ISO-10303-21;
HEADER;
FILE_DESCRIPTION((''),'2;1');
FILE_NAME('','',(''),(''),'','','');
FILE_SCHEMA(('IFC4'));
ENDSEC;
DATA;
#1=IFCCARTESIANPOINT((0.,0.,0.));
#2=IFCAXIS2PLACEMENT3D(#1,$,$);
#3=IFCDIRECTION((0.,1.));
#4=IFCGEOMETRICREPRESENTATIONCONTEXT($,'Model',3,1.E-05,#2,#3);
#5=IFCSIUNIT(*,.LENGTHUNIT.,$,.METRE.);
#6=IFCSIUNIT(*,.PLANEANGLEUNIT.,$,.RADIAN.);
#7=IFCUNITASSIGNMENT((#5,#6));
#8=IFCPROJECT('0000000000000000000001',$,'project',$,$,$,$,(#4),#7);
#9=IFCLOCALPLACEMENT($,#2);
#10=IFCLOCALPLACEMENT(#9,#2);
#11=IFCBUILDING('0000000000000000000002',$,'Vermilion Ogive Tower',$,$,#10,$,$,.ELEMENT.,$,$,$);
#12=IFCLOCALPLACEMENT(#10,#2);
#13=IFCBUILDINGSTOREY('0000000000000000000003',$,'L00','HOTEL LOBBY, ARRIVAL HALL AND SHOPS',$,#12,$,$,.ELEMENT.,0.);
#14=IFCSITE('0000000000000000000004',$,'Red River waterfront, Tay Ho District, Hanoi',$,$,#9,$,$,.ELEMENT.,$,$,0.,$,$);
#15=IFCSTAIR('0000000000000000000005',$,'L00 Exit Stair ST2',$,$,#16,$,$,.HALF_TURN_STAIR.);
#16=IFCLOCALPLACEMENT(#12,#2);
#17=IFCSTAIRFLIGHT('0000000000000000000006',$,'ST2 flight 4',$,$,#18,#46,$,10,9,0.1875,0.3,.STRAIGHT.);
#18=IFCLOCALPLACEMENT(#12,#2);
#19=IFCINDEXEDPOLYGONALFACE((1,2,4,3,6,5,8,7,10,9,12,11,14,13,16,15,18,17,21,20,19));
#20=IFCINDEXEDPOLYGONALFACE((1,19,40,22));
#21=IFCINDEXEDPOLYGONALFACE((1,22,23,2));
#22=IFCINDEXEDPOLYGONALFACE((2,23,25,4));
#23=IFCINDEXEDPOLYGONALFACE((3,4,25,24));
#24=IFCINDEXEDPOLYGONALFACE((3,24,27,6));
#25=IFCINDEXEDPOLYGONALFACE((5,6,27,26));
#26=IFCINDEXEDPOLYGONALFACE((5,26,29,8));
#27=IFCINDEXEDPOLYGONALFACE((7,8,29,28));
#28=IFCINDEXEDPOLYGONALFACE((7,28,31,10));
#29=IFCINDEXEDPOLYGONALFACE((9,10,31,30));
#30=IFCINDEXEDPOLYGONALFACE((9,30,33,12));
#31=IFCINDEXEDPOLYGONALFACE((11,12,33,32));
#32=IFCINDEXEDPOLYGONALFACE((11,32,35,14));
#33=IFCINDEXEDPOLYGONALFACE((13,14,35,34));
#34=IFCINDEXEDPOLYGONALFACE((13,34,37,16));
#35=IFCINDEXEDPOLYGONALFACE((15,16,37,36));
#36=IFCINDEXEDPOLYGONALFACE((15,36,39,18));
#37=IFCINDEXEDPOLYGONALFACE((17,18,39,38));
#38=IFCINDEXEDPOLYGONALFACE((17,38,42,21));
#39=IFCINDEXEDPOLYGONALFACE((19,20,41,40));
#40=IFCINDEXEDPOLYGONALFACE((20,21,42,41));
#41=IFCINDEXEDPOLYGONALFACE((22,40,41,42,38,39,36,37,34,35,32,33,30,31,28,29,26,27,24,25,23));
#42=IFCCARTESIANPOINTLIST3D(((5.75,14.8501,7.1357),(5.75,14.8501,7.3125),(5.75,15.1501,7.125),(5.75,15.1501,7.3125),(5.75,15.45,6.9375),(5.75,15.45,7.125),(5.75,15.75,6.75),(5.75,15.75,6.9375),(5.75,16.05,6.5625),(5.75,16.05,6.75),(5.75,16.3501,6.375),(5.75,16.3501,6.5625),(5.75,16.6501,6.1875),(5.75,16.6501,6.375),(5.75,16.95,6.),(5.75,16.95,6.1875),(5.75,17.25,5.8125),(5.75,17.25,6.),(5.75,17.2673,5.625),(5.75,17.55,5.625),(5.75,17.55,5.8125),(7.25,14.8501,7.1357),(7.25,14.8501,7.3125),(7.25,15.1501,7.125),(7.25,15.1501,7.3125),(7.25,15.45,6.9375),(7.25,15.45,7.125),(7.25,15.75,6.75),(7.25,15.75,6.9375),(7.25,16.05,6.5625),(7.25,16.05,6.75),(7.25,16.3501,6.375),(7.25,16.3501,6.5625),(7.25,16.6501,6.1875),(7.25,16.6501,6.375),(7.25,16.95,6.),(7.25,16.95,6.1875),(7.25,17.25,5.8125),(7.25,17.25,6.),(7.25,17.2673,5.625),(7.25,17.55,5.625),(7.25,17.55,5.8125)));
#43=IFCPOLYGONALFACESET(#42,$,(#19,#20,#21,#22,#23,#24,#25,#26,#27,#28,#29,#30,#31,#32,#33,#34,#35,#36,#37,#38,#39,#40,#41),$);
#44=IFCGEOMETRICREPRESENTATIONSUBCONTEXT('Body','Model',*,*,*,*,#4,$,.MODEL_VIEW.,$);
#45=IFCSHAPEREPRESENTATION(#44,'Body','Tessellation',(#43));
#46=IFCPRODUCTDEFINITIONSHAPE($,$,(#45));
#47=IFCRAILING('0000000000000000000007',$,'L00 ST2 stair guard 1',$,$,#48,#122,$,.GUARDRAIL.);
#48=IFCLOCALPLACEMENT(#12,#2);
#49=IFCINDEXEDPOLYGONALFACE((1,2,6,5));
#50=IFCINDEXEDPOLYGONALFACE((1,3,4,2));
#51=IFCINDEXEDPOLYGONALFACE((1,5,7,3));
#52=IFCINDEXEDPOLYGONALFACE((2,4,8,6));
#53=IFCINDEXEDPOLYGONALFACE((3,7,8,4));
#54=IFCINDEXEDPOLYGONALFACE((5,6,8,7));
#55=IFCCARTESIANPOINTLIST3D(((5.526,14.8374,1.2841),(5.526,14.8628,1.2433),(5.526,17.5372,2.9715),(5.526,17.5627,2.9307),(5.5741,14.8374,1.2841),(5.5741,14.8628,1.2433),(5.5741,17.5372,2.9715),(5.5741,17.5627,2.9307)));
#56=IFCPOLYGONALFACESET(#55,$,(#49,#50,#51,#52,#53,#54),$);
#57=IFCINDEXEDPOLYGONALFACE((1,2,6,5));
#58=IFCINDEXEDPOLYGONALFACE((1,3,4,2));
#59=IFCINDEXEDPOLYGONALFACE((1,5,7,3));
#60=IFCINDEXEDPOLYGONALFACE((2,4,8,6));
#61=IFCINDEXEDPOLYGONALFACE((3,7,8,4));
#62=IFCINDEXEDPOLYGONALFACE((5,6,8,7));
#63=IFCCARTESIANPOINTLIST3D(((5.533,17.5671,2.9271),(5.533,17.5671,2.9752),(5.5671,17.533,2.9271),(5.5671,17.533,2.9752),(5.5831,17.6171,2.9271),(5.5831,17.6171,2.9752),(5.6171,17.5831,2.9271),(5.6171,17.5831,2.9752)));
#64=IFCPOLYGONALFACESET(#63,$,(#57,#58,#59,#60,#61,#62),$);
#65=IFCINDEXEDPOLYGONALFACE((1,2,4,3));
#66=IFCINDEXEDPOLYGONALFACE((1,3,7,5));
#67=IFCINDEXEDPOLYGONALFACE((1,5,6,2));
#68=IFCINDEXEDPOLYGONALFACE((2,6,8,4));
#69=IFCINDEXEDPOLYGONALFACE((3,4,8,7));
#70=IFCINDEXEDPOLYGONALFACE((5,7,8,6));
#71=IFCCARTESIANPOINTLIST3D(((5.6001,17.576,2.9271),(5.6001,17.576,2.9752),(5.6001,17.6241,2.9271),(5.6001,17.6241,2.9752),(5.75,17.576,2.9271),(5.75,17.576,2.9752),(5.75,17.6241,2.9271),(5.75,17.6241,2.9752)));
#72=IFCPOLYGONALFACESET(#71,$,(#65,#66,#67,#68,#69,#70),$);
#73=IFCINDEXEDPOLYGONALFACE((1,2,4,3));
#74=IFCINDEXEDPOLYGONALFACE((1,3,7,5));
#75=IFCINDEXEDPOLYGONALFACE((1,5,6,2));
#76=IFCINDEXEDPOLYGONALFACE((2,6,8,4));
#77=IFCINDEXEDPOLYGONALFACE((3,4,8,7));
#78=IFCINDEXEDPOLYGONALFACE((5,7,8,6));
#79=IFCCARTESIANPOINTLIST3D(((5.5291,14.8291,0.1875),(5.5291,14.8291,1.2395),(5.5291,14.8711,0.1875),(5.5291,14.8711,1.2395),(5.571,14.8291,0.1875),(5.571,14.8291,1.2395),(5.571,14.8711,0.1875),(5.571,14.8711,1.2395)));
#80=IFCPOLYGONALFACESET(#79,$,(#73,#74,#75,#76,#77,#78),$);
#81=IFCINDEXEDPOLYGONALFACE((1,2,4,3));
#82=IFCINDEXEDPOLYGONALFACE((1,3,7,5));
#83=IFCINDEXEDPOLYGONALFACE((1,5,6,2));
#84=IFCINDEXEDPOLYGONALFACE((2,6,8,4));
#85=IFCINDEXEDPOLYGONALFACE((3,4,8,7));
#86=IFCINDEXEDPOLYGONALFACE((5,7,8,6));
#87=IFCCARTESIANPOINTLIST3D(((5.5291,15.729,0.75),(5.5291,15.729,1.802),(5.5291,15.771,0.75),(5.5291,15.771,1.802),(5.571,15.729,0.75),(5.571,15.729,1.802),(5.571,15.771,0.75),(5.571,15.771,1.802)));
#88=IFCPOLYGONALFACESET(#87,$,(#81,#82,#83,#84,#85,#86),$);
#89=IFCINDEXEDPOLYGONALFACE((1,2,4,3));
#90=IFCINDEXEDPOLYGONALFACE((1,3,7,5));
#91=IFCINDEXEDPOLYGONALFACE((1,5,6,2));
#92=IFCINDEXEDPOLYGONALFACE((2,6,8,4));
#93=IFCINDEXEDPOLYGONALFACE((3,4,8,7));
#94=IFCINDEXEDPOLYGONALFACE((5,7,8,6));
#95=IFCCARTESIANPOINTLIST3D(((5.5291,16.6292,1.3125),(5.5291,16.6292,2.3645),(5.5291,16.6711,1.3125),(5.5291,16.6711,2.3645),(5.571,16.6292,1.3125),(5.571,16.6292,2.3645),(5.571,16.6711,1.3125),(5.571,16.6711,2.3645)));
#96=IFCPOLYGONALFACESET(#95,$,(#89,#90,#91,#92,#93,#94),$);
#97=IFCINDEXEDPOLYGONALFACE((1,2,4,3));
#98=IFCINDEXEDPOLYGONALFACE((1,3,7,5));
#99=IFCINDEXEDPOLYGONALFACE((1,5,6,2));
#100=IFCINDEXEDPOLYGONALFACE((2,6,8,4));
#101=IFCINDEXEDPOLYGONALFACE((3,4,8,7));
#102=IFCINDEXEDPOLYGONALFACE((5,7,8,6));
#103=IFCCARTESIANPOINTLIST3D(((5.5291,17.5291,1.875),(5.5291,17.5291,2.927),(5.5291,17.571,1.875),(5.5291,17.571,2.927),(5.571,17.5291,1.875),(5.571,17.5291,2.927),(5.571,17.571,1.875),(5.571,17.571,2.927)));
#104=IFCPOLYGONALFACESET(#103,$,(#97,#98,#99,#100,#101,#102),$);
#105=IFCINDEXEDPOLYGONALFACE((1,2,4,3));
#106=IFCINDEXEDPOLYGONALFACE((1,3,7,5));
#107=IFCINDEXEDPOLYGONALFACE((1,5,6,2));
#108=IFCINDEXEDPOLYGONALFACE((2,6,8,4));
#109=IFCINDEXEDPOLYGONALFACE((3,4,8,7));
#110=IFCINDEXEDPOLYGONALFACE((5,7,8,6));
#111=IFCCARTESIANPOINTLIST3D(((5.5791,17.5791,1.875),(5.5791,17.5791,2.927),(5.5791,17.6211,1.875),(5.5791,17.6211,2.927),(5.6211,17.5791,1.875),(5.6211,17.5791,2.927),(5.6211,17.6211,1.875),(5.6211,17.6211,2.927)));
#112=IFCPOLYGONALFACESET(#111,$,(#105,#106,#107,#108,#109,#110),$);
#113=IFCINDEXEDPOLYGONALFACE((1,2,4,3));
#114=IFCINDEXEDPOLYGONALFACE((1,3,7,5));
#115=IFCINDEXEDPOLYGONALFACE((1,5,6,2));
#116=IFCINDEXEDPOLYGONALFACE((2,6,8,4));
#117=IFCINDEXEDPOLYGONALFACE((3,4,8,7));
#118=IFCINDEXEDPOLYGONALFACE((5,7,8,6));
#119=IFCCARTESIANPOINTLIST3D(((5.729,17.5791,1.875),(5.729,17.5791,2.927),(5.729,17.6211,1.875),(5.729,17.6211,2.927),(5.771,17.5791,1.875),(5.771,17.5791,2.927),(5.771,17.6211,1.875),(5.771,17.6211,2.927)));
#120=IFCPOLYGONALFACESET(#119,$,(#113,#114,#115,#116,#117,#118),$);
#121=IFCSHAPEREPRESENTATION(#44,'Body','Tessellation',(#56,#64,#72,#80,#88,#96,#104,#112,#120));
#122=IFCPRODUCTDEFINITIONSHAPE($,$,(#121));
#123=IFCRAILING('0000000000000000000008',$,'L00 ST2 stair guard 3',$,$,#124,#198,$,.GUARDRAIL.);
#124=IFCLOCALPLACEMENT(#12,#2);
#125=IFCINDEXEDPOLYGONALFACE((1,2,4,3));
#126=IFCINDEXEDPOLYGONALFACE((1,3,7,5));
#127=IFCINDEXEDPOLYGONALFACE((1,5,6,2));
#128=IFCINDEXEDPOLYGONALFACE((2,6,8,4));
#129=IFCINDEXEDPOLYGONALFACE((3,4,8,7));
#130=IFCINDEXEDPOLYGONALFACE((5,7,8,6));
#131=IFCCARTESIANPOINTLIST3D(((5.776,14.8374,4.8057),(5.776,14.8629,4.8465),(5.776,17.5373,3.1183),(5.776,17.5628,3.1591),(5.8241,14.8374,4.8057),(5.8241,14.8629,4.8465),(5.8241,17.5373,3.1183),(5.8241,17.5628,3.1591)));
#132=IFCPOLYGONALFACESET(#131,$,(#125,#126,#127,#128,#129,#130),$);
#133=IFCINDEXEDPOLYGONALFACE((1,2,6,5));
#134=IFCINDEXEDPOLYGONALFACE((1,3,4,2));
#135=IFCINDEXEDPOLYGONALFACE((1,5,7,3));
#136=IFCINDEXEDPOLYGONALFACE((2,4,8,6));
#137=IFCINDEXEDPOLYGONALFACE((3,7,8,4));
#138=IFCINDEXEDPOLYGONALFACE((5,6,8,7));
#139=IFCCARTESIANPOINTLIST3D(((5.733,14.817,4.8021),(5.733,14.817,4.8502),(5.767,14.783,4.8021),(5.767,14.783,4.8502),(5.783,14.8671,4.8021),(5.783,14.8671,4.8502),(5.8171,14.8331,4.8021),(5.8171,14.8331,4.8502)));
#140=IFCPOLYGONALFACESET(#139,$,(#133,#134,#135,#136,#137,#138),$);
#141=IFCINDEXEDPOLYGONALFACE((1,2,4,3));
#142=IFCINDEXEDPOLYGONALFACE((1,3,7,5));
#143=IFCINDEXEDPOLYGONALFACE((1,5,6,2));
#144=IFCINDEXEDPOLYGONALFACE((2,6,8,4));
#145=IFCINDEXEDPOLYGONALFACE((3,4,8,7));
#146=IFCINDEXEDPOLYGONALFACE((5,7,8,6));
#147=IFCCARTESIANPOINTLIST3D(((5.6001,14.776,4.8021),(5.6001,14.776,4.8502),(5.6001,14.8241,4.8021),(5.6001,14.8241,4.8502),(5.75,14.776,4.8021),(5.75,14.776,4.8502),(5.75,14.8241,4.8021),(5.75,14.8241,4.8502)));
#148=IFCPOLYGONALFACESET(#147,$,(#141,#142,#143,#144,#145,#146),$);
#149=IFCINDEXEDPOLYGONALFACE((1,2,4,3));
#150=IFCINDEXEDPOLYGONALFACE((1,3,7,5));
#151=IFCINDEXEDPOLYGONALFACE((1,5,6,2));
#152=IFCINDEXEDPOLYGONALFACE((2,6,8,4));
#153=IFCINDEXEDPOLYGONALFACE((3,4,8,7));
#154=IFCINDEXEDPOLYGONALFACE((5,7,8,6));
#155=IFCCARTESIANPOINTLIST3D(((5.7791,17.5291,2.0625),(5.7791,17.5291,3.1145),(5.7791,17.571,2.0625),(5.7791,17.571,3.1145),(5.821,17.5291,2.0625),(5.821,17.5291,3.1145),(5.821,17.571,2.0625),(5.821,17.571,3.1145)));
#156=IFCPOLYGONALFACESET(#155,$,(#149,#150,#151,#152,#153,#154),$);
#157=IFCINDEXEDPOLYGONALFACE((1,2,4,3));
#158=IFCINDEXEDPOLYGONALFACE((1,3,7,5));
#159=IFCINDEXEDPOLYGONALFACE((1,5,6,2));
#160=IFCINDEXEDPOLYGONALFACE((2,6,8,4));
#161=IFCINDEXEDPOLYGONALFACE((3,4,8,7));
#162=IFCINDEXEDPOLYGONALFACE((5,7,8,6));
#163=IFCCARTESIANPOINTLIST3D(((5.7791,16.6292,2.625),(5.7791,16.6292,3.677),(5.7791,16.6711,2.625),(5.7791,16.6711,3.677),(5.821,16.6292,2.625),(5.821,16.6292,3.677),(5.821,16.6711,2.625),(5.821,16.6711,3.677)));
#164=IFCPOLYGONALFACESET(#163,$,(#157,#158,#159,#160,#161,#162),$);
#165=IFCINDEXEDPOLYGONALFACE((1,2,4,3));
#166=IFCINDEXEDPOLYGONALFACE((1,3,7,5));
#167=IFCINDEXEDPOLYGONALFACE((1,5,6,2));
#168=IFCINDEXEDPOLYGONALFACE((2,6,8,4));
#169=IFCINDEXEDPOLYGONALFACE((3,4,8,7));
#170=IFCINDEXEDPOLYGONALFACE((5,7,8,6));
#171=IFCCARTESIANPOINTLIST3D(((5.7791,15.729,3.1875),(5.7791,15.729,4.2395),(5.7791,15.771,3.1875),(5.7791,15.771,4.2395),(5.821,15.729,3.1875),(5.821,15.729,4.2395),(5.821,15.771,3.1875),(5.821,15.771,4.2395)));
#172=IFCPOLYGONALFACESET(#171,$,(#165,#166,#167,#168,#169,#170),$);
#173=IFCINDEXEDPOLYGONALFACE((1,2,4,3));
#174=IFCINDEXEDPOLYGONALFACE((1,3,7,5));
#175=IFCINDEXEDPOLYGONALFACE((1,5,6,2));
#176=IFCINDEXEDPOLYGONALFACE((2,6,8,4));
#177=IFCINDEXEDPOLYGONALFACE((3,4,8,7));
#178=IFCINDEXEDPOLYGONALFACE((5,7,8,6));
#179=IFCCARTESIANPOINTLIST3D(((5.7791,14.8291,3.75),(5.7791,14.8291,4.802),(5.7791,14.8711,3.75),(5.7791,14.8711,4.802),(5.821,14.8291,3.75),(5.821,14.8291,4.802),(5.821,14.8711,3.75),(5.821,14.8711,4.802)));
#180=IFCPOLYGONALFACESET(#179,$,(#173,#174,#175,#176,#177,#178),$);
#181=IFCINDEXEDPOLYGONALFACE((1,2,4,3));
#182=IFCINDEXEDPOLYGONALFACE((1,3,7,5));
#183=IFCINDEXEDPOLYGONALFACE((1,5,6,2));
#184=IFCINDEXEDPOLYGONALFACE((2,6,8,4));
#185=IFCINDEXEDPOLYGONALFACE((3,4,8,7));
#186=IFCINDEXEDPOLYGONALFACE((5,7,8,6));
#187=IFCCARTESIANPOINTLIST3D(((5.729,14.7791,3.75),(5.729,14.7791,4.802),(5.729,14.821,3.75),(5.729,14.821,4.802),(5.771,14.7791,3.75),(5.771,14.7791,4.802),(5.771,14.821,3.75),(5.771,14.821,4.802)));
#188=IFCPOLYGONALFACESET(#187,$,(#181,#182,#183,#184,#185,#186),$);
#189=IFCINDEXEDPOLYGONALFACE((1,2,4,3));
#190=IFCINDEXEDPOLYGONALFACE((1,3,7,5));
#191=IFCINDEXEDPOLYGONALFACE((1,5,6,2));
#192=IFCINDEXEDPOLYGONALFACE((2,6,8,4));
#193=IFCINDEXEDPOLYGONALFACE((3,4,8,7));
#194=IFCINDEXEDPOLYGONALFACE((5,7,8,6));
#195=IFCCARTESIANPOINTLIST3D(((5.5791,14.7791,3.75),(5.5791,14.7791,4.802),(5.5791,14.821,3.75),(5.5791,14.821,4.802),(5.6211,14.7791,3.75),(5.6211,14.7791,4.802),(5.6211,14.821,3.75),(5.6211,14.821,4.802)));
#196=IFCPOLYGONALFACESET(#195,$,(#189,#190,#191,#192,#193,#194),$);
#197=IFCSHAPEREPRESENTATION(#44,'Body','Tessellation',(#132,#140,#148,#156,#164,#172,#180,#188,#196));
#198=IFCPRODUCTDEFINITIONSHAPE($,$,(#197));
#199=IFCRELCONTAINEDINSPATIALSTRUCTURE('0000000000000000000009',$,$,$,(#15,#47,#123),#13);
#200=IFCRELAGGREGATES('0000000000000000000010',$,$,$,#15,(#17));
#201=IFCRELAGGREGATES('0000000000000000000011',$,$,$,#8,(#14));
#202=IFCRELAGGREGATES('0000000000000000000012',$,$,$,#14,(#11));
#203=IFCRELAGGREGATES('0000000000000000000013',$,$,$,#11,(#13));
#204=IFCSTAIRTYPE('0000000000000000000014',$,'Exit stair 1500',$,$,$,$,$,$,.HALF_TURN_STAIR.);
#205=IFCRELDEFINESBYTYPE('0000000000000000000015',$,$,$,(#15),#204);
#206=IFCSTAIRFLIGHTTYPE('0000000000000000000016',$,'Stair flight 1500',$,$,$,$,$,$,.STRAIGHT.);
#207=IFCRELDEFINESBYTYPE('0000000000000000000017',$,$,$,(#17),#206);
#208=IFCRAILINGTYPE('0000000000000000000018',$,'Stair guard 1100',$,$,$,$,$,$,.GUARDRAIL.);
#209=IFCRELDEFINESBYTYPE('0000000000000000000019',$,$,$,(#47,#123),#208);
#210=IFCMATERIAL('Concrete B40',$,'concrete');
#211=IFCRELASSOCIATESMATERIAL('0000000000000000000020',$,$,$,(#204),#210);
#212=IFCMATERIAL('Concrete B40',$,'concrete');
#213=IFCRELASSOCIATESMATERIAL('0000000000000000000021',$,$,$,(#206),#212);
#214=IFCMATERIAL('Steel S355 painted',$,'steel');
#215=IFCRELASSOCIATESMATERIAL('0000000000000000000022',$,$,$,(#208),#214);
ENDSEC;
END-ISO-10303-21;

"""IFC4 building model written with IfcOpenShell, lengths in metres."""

from ifc_helpers import new_model, si_unit, direction, frame, origin, origin_2d, place, context, subcontext, project, spatial, polyline, rectangle, outline, extrude, material, type_object, element, aggregate, save


model = new_model("IFC4")

# Units and contexts
model_context = context("Model", 3, precision=1e-05, world=origin(), true_north=direction((0.0, 1.0)))
body_context = subcontext(model_context, "Body", "Model", "MODEL_VIEW")
ifc_project = project(units=[si_unit("LENGTHUNIT", "METRE"), si_unit("PLANEANGLEUNIT", "RADIAN")], contexts=[model_context])

# Site, building, storey
site_placement = place(None, origin())
site = spatial("IfcSite", under=ifc_project, at=site_placement, Name="Red River waterfront, Tay Ho District, Hanoi", CompositionType="ELEMENT", RefElevation=0.0)
building_placement = place(site_placement, origin())
building = spatial("IfcBuilding", under=site, at=building_placement, Name="Vermilion Ogive Tower", CompositionType="ELEMENT")
storey_placement = place(building_placement, origin())
storey = spatial("IfcBuildingStorey", under=building, at=storey_placement, Name="L00", Description="HOTEL LOBBY, ARRIVAL HALL AND SHOPS", CompositionType="ELEMENT", Elevation=0.0)

# Stair, stair flight
ifc_material_1 = material(Name="Concrete B40", Category="concrete")
stair_type = type_object("IfcStairType", Name="Exit stair 1500", PredefinedType="HALF_TURN_STAIR", material=ifc_material_1)
stair_placement = place(storey_placement, origin())
stair = element("IfcStair", 1, at=stair_placement, inside=storey, type_object=stair_type, Name="L00 Exit Stair ST2", PredefinedType="HALF_TURN_STAIR")
ifc_material_2 = material(Name="Concrete B40", Category="concrete")
stair_flight_type = type_object("IfcStairFlightType", Name="Stair flight 1500", PredefinedType="STRAIGHT", material=ifc_material_2)
stair_flight_1_placement = place(storey_placement, frame((6.5, 17.55, 5.625), z_axis=(0.0, 0.0, 1.0), x_axis=(0.0, -1.0, 0.0)))
stair_flight_1 = element("IfcStairFlight", 2, at=stair_flight_1_placement, type_object=stair_flight_type, Name="ST2 flight 4", NumberOfRisers=10, NumberOfTreads=9, PredefinedType="STRAIGHT", RiserHeight=0.1875, TreadLength=0.3, context=body_context, shape_type="SweptSolid", body=[
    extrude(outline(polyline([(0.0, 0.0), (0.0, 0.1875), (0.3, 0.1875), (0.3, 0.375), (0.6001, 0.375), (0.6001, 0.5625), (0.8999, 0.5625), (0.8999, 0.75), (1.2, 0.75), (1.2, 0.9375), (1.5, 0.9375), (1.5, 1.125), (1.8, 1.125), (1.8, 1.3125), (2.1001, 1.3125), (2.1001, 1.5), (2.3999, 1.5), (2.3999, 1.6875), (2.7, 1.6875), (2.7, 1.875), (2.7, 1.5107), (0.2827, 0.0), (0.0, 0.0)])), frame((0.0, 0.75, 0.0), z_axis=(0.0, -1.0, 0.0), x_axis=(1.0, 0.0, 0.0)), (0.0, 0.0, 1.0), 1.5),
])
aggregate(stair, [stair_flight_1])

# Railings
ifc_material_3 = material(Name="Steel S355 painted", Category="steel")
railing_type_1 = type_object("IfcRailingType", Name="Stair guard 1100", PredefinedType="GUARDRAIL", material=ifc_material_3)
railing_1_placement = place(storey_placement, frame((5.55, 14.8501, 0.1875)))
element("IfcRailing", 3, at=railing_1_placement, inside=storey, type_object=railing_type_1, Name="L00 ST2 stair guard 1", PredefinedType="GUARDRAIL", context=body_context, shape_type="SweptSolid", body=[
    extrude(rectangle(XDim=0.0481, YDim=0.0481, at=origin_2d()), frame((0.0, 0.0, 1.0762), z_axis=(0.0, 0.847994, 0.530006), x_axis=(-1.0, 0.0, 0.0)), (0.0, 0.0, 1.0), 3.1838),
    extrude(rectangle(XDim=0.0481, YDim=0.0481, at=origin_2d()), frame((0.0, 2.7, 2.7637), z_axis=(0.707107, 0.707107, 0.0), x_axis=(-0.707107, 0.707107, 0.0)), (0.0, 0.0, 1.0), 0.0708),
    extrude(rectangle(XDim=0.0481, YDim=0.0481, at=origin_2d()), frame((0.05, 2.75, 2.7637), z_axis=(1.0, 0.0, 0.0), x_axis=(0.0, 1.0, 0.0)), (0.0, 0.0, 1.0), 0.1499),
    extrude(rectangle(XDim=0.042, YDim=0.042, at=origin_2d()), origin(), (0.0, 0.0, 1.0), 1.052),
    extrude(rectangle(XDim=0.042, YDim=0.042, at=origin_2d()), frame((0.0, 0.8999, 0.5625)), (0.0, 0.0, 1.0), 1.052),
    extrude(rectangle(XDim=0.042, YDim=0.042, at=origin_2d()), frame((0.0, 1.8, 1.125)), (0.0, 0.0, 1.0), 1.052),
    extrude(rectangle(XDim=0.042, YDim=0.042, at=origin_2d()), frame((0.0, 2.7, 1.6875)), (0.0, 0.0, 1.0), 1.052),
    extrude(rectangle(XDim=0.042, YDim=0.042, at=origin_2d()), frame((0.05, 2.75, 1.6875)), (0.0, 0.0, 1.0), 1.052),
    extrude(rectangle(XDim=0.042, YDim=0.042, at=origin_2d()), frame((0.2, 2.75, 1.6875)), (0.0, 0.0, 1.0), 1.052),
])
railing_2_placement = place(storey_placement, frame((5.8, 17.55, 2.0625)))
element("IfcRailing", 4, at=railing_2_placement, inside=storey, type_object=railing_type_1, Name="L00 ST2 stair guard 3", PredefinedType="GUARDRAIL", context=body_context, shape_type="SweptSolid", body=[
    extrude(rectangle(XDim=0.0481, YDim=0.0481, at=origin_2d()), frame((0.0, 0.0, 1.0762), z_axis=(0.0, -0.847994, 0.530006), x_axis=(1.0, 0.0, 0.0)), (0.0, 0.0, 1.0), 3.1838),
    extrude(rectangle(XDim=0.0481, YDim=0.0481, at=origin_2d()), frame((0.0, -2.7, 2.7637), z_axis=(-0.707107, -0.707107, 0.0), x_axis=(0.707107, -0.707107, 0.0)), (0.0, 0.0, 1.0), 0.0708),
    extrude(rectangle(XDim=0.0481, YDim=0.0481, at=origin_2d()), frame((-0.05, -2.75, 2.7637), z_axis=(-1.0, 0.0, 0.0), x_axis=(0.0, -1.0, 0.0)), (0.0, 0.0, 1.0), 0.1499),
    extrude(rectangle(XDim=0.042, YDim=0.042, at=origin_2d()), origin(), (0.0, 0.0, 1.0), 1.052),
    extrude(rectangle(XDim=0.042, YDim=0.042, at=origin_2d()), frame((0.0, -0.8999, 0.5625)), (0.0, 0.0, 1.0), 1.052),
    extrude(rectangle(XDim=0.042, YDim=0.042, at=origin_2d()), frame((0.0, -1.8, 1.125)), (0.0, 0.0, 1.0), 1.052),
    extrude(rectangle(XDim=0.042, YDim=0.042, at=origin_2d()), frame((0.0, -2.7, 1.6875)), (0.0, 0.0, 1.0), 1.052),
    extrude(rectangle(XDim=0.042, YDim=0.042, at=origin_2d()), frame((-0.05, -2.75, 1.6875)), (0.0, 0.0, 1.0), 1.052),
    extrude(rectangle(XDim=0.042, YDim=0.042, at=origin_2d()), frame((-0.2, -2.75, 1.6875)), (0.0, 0.0, 1.0), 1.052),
])

save(model, "model.ifc")
